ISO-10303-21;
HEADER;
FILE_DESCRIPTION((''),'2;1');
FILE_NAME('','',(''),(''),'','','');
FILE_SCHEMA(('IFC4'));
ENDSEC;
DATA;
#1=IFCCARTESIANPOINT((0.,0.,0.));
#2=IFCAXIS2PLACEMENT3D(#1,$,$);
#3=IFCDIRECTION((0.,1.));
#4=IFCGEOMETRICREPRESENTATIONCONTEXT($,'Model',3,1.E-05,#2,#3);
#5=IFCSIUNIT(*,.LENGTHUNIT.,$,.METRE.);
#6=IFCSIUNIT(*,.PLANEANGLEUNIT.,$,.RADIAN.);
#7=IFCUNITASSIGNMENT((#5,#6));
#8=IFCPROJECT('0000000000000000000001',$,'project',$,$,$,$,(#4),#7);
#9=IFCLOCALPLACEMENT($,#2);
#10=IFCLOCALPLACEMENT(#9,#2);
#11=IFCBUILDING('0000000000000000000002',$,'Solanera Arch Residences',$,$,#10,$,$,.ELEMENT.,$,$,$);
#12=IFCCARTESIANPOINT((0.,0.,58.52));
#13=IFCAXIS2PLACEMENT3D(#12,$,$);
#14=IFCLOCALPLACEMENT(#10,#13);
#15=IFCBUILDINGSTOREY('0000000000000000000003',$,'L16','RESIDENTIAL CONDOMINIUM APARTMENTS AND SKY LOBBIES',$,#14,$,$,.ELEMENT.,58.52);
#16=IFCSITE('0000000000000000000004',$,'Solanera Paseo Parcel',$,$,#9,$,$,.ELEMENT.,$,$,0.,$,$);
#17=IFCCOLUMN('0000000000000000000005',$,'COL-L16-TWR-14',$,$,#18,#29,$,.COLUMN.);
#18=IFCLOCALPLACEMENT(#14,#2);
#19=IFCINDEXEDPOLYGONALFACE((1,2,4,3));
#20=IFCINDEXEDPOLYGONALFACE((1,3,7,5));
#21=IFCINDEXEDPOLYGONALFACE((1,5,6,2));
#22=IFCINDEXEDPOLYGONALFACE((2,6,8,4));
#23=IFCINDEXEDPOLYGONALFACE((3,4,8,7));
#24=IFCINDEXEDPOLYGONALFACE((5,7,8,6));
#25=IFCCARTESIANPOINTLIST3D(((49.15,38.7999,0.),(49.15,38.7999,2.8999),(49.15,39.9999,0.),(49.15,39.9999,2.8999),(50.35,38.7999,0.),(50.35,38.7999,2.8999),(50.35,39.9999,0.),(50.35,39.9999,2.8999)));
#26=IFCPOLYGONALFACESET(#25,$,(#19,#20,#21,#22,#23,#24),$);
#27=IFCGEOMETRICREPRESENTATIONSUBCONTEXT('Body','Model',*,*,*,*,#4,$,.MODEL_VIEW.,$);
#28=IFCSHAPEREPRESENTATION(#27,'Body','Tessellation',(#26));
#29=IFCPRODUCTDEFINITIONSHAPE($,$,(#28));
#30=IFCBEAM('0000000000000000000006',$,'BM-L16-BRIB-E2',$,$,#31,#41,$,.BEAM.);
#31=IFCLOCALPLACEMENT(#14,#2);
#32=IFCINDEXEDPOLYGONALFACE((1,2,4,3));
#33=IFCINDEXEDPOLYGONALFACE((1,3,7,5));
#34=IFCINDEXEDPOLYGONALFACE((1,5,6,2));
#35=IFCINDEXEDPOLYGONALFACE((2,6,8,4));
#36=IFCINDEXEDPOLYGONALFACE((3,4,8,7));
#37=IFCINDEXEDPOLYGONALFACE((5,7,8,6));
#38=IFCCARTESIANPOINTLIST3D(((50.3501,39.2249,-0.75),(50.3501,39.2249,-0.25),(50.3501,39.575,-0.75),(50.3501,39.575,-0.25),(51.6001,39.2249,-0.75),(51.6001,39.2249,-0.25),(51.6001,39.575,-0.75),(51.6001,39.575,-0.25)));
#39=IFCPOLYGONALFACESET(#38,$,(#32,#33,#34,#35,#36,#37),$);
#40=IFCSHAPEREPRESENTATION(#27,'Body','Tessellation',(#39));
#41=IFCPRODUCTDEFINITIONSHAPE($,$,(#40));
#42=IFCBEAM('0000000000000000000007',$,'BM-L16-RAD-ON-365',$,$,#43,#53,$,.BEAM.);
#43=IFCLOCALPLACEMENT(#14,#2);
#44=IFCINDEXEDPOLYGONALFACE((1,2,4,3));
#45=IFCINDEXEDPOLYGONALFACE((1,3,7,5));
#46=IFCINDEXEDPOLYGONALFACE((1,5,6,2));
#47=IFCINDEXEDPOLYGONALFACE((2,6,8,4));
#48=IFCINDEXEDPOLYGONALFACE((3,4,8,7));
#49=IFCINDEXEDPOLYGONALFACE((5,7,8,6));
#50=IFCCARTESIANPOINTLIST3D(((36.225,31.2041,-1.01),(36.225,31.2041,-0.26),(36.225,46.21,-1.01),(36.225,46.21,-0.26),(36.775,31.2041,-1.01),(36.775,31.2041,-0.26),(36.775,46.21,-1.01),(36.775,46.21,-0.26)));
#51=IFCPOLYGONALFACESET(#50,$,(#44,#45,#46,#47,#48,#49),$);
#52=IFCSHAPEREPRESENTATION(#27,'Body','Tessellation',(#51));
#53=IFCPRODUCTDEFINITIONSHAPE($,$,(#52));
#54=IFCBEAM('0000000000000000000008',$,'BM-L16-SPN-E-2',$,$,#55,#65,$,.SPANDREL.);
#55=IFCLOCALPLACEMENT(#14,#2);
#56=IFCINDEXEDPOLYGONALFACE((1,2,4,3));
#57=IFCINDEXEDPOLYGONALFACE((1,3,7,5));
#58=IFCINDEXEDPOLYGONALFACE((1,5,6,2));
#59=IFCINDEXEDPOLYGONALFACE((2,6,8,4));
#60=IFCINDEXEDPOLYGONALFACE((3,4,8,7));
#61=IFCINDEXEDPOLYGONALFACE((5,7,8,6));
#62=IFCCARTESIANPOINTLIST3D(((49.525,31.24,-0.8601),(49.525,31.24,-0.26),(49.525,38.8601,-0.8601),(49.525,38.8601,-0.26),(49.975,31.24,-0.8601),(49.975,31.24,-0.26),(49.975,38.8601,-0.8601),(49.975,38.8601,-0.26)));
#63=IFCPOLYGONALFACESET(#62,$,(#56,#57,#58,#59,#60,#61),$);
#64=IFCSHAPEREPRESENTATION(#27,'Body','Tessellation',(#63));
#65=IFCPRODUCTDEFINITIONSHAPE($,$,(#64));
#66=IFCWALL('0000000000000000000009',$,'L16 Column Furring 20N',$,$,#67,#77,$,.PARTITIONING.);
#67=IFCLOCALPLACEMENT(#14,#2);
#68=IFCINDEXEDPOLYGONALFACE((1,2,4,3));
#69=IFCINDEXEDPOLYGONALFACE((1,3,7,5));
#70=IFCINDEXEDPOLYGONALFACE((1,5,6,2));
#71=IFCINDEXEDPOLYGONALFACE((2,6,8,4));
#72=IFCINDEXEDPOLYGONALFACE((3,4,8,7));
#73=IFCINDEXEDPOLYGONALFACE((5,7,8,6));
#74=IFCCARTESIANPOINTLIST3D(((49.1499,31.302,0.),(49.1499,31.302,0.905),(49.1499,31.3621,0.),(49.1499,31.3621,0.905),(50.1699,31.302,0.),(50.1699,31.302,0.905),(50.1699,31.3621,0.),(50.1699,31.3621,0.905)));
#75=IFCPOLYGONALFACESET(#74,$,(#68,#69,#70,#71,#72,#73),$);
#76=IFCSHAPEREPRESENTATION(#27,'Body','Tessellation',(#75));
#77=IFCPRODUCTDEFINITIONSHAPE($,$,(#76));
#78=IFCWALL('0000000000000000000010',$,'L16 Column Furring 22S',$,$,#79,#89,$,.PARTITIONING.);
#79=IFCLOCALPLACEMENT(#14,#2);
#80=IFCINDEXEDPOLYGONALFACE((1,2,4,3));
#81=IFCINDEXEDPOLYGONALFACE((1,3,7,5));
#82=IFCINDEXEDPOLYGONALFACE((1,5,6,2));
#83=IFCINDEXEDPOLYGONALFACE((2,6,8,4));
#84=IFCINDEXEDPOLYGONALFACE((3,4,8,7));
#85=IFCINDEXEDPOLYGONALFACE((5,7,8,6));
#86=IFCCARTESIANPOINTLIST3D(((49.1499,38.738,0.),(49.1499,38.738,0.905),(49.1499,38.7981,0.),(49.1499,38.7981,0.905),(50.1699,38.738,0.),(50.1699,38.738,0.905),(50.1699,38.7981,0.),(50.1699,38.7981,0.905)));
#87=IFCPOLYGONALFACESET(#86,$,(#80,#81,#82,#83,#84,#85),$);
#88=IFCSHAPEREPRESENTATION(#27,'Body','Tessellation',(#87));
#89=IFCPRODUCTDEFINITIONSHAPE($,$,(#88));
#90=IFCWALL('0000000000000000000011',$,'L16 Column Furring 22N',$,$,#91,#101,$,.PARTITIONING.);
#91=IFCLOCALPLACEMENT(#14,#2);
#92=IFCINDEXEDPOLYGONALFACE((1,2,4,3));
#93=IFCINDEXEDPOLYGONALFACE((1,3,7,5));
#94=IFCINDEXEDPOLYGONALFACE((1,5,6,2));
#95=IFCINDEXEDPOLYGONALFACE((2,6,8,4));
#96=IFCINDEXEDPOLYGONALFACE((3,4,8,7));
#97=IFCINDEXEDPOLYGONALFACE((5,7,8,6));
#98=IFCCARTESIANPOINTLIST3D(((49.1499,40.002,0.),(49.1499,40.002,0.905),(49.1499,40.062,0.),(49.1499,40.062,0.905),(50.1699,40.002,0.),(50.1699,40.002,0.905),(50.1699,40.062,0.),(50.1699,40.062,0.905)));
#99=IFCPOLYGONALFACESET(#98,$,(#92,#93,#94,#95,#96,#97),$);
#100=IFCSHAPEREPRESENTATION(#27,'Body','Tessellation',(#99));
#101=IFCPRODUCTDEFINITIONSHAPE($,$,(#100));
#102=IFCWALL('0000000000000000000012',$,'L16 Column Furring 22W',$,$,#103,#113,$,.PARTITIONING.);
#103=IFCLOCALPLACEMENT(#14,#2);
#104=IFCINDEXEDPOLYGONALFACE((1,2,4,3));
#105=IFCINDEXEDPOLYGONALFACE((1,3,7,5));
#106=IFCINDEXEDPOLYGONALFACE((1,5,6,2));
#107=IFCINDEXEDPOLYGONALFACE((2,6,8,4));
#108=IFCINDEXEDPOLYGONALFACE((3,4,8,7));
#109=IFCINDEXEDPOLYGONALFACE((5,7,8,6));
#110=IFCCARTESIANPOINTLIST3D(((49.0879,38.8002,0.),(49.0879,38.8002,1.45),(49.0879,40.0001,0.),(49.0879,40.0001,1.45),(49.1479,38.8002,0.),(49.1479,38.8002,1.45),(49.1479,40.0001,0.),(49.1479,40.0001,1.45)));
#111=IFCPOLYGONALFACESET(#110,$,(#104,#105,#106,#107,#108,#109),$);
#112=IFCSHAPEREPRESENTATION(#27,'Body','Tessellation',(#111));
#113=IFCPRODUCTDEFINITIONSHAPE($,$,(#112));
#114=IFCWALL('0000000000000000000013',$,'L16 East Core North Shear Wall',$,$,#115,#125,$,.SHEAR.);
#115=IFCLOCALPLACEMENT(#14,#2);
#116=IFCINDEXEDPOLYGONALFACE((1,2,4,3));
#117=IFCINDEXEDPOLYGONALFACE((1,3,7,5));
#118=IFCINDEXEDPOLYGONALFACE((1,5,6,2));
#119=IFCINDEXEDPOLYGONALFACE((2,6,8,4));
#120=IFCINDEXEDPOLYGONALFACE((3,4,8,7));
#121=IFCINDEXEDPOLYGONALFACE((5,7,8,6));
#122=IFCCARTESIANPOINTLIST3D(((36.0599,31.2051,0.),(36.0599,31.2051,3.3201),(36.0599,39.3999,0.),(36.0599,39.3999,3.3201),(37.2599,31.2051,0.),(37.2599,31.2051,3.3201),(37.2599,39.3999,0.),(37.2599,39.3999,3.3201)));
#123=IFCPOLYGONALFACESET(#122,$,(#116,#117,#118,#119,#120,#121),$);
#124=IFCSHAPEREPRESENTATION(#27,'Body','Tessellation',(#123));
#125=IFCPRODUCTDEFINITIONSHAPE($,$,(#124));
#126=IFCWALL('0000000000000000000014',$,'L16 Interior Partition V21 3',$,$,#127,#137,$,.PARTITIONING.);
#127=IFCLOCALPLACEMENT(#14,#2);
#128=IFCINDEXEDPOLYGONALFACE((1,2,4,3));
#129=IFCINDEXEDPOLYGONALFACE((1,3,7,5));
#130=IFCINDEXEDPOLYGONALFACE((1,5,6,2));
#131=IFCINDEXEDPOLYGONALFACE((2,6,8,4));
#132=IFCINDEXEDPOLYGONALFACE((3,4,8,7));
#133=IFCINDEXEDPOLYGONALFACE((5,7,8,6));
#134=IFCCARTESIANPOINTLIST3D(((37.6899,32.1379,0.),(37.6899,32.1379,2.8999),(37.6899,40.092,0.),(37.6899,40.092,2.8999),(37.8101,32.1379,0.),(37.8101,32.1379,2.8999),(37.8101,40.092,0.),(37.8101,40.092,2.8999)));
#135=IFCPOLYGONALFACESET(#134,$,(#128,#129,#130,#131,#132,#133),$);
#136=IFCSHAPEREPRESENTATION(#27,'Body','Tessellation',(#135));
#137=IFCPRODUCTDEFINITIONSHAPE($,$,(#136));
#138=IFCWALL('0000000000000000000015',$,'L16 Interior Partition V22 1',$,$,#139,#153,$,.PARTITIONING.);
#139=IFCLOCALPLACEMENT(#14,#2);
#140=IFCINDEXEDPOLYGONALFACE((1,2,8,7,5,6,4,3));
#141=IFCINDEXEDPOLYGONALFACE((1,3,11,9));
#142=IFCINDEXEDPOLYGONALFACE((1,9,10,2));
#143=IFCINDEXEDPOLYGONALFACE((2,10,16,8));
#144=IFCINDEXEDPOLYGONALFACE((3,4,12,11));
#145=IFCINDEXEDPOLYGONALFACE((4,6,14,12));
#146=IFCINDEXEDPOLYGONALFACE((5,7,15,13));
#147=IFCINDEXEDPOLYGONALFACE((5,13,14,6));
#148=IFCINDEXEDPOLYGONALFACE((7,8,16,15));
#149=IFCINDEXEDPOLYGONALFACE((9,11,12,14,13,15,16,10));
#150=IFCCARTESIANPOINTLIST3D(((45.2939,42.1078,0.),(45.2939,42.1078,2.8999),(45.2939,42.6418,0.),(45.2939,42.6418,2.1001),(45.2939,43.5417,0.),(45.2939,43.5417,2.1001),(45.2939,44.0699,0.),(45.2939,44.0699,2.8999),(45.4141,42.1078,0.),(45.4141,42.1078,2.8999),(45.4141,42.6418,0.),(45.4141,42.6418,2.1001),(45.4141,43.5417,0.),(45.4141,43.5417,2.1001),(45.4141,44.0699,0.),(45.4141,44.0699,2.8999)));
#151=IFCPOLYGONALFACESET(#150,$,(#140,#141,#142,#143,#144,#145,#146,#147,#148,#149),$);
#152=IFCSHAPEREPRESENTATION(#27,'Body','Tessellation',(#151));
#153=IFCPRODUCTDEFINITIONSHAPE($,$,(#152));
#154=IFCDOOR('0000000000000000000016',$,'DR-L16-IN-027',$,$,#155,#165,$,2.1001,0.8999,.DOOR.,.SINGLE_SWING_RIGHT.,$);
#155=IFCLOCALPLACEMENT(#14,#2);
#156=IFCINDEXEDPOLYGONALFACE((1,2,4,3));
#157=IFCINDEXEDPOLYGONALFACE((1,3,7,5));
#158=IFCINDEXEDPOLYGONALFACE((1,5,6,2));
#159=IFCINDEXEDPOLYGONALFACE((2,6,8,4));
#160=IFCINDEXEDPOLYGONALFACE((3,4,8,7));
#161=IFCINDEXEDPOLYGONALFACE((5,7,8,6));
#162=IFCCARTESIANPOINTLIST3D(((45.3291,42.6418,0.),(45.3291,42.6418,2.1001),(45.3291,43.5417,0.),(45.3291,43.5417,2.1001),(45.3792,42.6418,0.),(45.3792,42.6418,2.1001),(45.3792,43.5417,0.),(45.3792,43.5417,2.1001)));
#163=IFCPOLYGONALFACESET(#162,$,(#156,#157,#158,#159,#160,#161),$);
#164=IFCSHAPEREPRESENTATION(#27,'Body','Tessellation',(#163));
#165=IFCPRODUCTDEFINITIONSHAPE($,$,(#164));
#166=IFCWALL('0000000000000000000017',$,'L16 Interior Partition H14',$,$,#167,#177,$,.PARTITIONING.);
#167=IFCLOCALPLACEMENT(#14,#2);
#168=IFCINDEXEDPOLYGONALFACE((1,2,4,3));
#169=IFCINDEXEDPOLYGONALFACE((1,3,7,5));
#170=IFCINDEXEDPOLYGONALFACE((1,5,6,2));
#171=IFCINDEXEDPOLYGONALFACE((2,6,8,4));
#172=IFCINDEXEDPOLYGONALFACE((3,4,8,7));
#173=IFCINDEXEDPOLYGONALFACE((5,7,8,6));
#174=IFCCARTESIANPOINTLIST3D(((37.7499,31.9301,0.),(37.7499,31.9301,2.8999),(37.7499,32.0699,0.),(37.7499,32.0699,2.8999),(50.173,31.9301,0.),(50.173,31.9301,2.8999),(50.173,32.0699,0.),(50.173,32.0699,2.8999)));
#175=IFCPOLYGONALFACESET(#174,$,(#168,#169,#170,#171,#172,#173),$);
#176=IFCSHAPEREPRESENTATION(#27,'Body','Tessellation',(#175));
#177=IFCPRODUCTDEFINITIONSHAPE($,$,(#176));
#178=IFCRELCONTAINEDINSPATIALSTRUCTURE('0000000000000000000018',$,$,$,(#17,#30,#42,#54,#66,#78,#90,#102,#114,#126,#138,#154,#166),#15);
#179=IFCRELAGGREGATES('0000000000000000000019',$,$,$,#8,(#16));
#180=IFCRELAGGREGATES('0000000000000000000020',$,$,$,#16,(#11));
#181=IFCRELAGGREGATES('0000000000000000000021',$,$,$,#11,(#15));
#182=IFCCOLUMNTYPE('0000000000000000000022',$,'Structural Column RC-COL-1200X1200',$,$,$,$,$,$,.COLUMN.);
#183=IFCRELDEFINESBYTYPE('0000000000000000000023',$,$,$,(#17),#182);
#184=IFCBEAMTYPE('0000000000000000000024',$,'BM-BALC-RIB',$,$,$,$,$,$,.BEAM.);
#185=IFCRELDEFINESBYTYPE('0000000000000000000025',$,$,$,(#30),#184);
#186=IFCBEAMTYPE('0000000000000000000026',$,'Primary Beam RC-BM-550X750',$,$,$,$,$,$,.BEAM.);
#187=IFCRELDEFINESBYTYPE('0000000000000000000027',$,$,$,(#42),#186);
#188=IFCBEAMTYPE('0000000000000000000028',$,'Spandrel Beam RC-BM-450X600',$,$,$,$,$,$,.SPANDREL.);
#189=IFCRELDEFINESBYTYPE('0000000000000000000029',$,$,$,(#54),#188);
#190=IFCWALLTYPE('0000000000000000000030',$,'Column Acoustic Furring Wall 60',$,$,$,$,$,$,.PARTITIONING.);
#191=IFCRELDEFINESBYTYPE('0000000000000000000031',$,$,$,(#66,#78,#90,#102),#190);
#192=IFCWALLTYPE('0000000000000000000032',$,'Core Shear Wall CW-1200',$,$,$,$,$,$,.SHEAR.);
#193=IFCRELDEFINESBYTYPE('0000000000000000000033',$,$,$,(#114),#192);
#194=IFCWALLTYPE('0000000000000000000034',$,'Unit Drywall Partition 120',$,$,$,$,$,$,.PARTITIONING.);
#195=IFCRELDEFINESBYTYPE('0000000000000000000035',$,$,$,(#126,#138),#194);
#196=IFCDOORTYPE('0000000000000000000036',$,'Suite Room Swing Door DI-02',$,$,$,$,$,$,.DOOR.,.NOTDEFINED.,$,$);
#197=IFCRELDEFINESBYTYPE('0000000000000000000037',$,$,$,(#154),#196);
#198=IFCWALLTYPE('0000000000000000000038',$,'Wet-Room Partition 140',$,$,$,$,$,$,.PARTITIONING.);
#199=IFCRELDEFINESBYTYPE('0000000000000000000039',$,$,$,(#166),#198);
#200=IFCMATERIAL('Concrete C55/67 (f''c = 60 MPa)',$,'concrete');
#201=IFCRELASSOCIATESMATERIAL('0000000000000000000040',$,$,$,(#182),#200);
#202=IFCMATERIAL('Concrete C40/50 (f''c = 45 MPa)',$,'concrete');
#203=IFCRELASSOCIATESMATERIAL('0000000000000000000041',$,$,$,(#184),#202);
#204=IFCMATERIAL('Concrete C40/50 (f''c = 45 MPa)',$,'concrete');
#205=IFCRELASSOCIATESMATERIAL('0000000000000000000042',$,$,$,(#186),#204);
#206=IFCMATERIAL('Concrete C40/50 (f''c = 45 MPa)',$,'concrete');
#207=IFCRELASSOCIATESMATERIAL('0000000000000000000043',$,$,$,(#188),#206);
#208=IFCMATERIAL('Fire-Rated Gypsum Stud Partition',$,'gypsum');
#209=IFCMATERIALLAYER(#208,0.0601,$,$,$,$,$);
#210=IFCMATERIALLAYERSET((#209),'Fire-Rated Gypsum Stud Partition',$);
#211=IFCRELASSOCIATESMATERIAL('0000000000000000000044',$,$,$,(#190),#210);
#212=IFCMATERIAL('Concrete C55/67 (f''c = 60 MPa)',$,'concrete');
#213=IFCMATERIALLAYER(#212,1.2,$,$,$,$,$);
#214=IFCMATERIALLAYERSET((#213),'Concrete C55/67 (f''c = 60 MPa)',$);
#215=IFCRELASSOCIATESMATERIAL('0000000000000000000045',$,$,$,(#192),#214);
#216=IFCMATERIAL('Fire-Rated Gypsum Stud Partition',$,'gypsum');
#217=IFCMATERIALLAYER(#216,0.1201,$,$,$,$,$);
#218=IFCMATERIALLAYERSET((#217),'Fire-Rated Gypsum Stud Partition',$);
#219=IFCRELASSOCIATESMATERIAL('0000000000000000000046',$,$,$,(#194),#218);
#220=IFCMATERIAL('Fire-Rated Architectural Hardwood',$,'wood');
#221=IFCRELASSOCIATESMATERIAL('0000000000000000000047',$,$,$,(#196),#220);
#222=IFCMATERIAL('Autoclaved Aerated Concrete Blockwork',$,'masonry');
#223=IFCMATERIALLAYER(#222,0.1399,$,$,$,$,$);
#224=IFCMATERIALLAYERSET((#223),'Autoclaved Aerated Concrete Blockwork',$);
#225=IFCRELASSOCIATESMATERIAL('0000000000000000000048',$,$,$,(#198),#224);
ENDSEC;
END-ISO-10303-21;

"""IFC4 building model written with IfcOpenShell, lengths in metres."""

from ifc_helpers import new_model, si_unit, direction, frame, frame_2d, origin, origin_2d, place, context, subcontext, project, spatial, rectangle, extrude, material, layer, layer_set, material_profile, profile_set, type_object, element, fill, save


model = new_model("IFC4")

# Units and contexts
model_context = context("Model", 3, precision=1e-05, world=origin(), true_north=direction((0.0, 1.0)))
body_context = subcontext(model_context, "Body", "Model", "MODEL_VIEW")
ifc_project = project(units=[si_unit("LENGTHUNIT", "METRE"), si_unit("PLANEANGLEUNIT", "RADIAN")], contexts=[model_context])

# Site, building, storey
site_placement = place(None, origin())
site = spatial("IfcSite", under=ifc_project, at=site_placement, Name="Solanera Paseo Parcel", CompositionType="ELEMENT", RefElevation=0.0)
building_placement = place(site_placement, origin())
building = spatial("IfcBuilding", under=site, at=building_placement, Name="Solanera Arch Residences", CompositionType="ELEMENT")
storey_placement = place(building_placement, frame((0.0, 0.0, 58.52)))
storey = spatial("IfcBuildingStorey", under=building, at=storey_placement, Name="L16", Description="RESIDENTIAL CONDOMINIUM APARTMENTS AND SKY LOBBIES", CompositionType="ELEMENT", Elevation=58.52)

# Column
ifc_material_1 = material(Name="Concrete C55/67 (f'c = 60 MPa)", Category="concrete")
ifc_material_profile_1 = material_profile(ifc_material_1, rectangle(XDim=1.2, YDim=1.2, at=origin_2d()))
ifc_profile_set_1 = profile_set([ifc_material_profile_1], Name="Concrete C55/67 (f'c = 60 MPa)")
column_type = type_object("IfcColumnType", Name="Structural Column RC-COL-1200X1200", PredefinedType="COLUMN", material=ifc_profile_set_1)
column_placement = place(storey_placement, frame((49.75, 39.3999, 0.0), z_axis=(0.0, 0.0, 1.0), x_axis=(1.0, 0.0, 0.0)))
element("IfcColumn", 1, at=column_placement, inside=storey, type_object=column_type, Name="COL-L16-TWR-14", PredefinedType="COLUMN", context=body_context, shape_type="SweptSolid", body=[
    extrude(rectangle(XDim=1.2, YDim=1.2, at=origin_2d()), origin(), (0.0, 0.0, 1.0), 2.8999),
])

# Beams
ifc_material_2 = material(Name="Concrete C40/50 (f'c = 45 MPa)", Category="concrete")
ifc_material_profile_2 = material_profile(ifc_material_2, rectangle(XDim=0.3501, YDim=0.5, at=origin_2d()))
ifc_profile_set_2 = profile_set([ifc_material_profile_2], Name="Concrete C40/50 (f'c = 45 MPa)")
beam_type_1 = type_object("IfcBeamType", Name="BM-BALC-RIB", PredefinedType="BEAM", material=ifc_profile_set_2)
beam_1_placement = place(storey_placement, frame((50.3501, 39.3999, -0.5), z_axis=(1.0, 0.0, 0.0), x_axis=(0.0, 1.0, 0.0)))
element("IfcBeam", 2, at=beam_1_placement, inside=storey, type_object=beam_type_1, Name="BM-L16-BRIB-E2", PredefinedType="BEAM", context=body_context, shape_type="SweptSolid", body=[
    extrude(rectangle(XDim=0.3501, YDim=0.5, at=origin_2d()), origin(), (0.0, 0.0, 1.0), 1.25),
])
ifc_material_3 = material(Name="Concrete C40/50 (f'c = 45 MPa)", Category="concrete")
ifc_material_profile_3 = material_profile(ifc_material_3, rectangle(XDim=0.55, YDim=0.75, at=origin_2d()))
ifc_profile_set_3 = profile_set([ifc_material_profile_3], Name="Concrete C40/50 (f'c = 45 MPa)")
beam_type_2 = type_object("IfcBeamType", Name="Primary Beam RC-BM-550X750", PredefinedType="BEAM", material=ifc_profile_set_3)
beam_2_placement = place(storey_placement, frame((36.5, 31.2041, -0.635), z_axis=(0.0, 1.0, 0.0), x_axis=(-1.0, 0.0, 0.0)))
element("IfcBeam", 3, at=beam_2_placement, inside=storey, type_object=beam_type_2, Name="BM-L16-RAD-ON-365", PredefinedType="BEAM", context=body_context, shape_type="SweptSolid", body=[
    extrude(rectangle(XDim=0.55, YDim=0.75, at=origin_2d()), origin(), (0.0, 0.0, 1.0), 15.0059),
])
ifc_material_4 = material(Name="Concrete C40/50 (f'c = 45 MPa)", Category="concrete")
ifc_material_profile_4 = material_profile(ifc_material_4, rectangle(XDim=0.45, YDim=0.6001, at=origin_2d()))
ifc_profile_set_4 = profile_set([ifc_material_profile_4], Name="Concrete C40/50 (f'c = 45 MPa)")
beam_type_3 = type_object("IfcBeamType", Name="Spandrel Beam RC-BM-450X600", PredefinedType="SPANDREL", material=ifc_profile_set_4)
beam_3_placement = place(storey_placement, frame((49.75, 31.24, -0.5601), z_axis=(0.0, 1.0, 0.0), x_axis=(-1.0, 0.0, 0.0)))
element("IfcBeam", 4, at=beam_3_placement, inside=storey, type_object=beam_type_3, Name="BM-L16-SPN-E-2", PredefinedType="SPANDREL", context=body_context, shape_type="SweptSolid", body=[
    extrude(rectangle(XDim=0.45, YDim=0.6001, at=origin_2d()), origin(), (0.0, 0.0, 1.0), 7.6201),
])

# Walls
ifc_material_5 = material(Name="Fire-Rated Gypsum Stud Partition", Category="gypsum")
ifc_layer_1 = layer(ifc_material_5, 0.0601)
ifc_layer_set_1 = layer_set([ifc_layer_1], Name="Fire-Rated Gypsum Stud Partition")
wall_type_1 = type_object("IfcWallType", Name="Column Acoustic Furring Wall 60", PredefinedType="PARTITIONING", material=ifc_layer_set_1)
for number, where, z_axis, x_axis, name in (
    (5, (49.1499, 31.332, 0.0), (0.0, 0.0, 1.0), (1.0, 0.0, 0.0), "L16 Column Furring 20N"),
    (6, (49.1499, 38.7681, 0.0), (0.0, 0.0, 1.0), (1.0, 0.0, 0.0), "L16 Column Furring 22S"),
    (7, (49.1499, 40.032, 0.0), (0.0, 0.0, 1.0), (1.0, 0.0, 0.0), "L16 Column Furring 22N"),
):
    element("IfcWall", number, at=place(storey_placement, frame(where, z_axis=z_axis, x_axis=x_axis)), inside=storey, type_object=wall_type_1, Name=name, PredefinedType="PARTITIONING", context=body_context, shape_type="SweptSolid", body=[
        extrude(rectangle(XDim=1.02, YDim=0.0601, at=frame_2d((0.51, 0.0))), origin(), (0.0, 0.0, 1.0), 0.905),
    ])
wall_1_placement = place(storey_placement, frame((49.1179, 38.8, 0.0), z_axis=(0.0, 0.0, 1.0), x_axis=(0.0, 1.0, 0.0)))
element("IfcWall", 8, at=wall_1_placement, inside=storey, type_object=wall_type_1, Name="L16 Column Furring 22W", PredefinedType="PARTITIONING", context=body_context, shape_type="SweptSolid", body=[
    extrude(rectangle(XDim=1.2, YDim=0.0601, at=frame_2d((0.6001, 0.0))), origin(), (0.0, 0.0, 1.0), 1.45),
])
ifc_material_6 = material(Name="Concrete C55/67 (f'c = 60 MPa)", Category="concrete")
ifc_layer_2 = layer(ifc_material_6, 1.2)
ifc_layer_set_2 = layer_set([ifc_layer_2], Name="Concrete C55/67 (f'c = 60 MPa)")
wall_type_2 = type_object("IfcWallType", Name="Core Shear Wall CW-1200", PredefinedType="SHEAR", material=ifc_layer_set_2)
wall_2_placement = place(storey_placement, frame((36.6599, 31.2051, 0.0), z_axis=(0.0, 0.0, 1.0), x_axis=(0.0, 1.0, 0.0)))
element("IfcWall", 9, at=wall_2_placement, inside=storey, type_object=wall_type_2, Name="L16 East Core North Shear Wall", PredefinedType="SHEAR", context=body_context, shape_type="SweptSolid", body=[
    extrude(rectangle(XDim=8.1948, YDim=1.2, at=frame_2d((4.0974, 0.0))), origin(), (0.0, 0.0, 1.0), 3.3201),
])
ifc_material_7 = material(Name="Fire-Rated Gypsum Stud Partition", Category="gypsum")
ifc_layer_3 = layer(ifc_material_7, 0.1201)
ifc_layer_set_3 = layer_set([ifc_layer_3], Name="Fire-Rated Gypsum Stud Partition")
wall_type_3 = type_object("IfcWallType", Name="Unit Drywall Partition 120", PredefinedType="PARTITIONING", material=ifc_layer_set_3)
wall_3_placement = place(storey_placement, frame((37.75, 32.1379, 0.0), z_axis=(0.0, 0.0, 1.0), x_axis=(0.0, 1.0, 0.0)))
element("IfcWall", 10, at=wall_3_placement, inside=storey, type_object=wall_type_3, Name="L16 Interior Partition V21 3", PredefinedType="PARTITIONING", context=body_context, shape_type="SweptSolid", body=[
    extrude(rectangle(XDim=7.9541, YDim=0.1201, at=frame_2d((3.9771, 0.0))), origin(), (0.0, 0.0, 1.0), 2.8999),
])

# Wall, opening, door
wall_4_placement = place(storey_placement, frame((45.354, 42.1079, 0.0), z_axis=(0.0, 0.0, 1.0), x_axis=(0.0, 1.0, 0.0)))
wall_4 = element("IfcWall", 11, at=wall_4_placement, inside=storey, type_object=wall_type_3, Name="L16 Interior Partition V22 1", PredefinedType="PARTITIONING", context=body_context, shape_type="SweptSolid", body=[
    extrude(rectangle(XDim=1.9622, YDim=0.1201, at=frame_2d((0.981, 0.0))), origin(), (0.0, 0.0, 1.0), 2.8999),
])
opening_placement = place(wall_4_placement, frame((0.5339, 0.0, 0.0)))
opening = element("IfcOpeningElement", 12, at=opening_placement, cuts=wall_4, PredefinedType="OPENING", context=body_context, shape_type="SweptSolid", body=[
    extrude(rectangle(XDim=0.8999, YDim=2.1001, at=frame_2d((0.45, 1.05))), frame((0.0, 0.0701, 0.0), z_axis=(0.0, -1.0, 0.0), x_axis=(1.0, 0.0, 0.0)), (0.0, 0.0, 1.0), 0.1401),
])
ifc_material_8 = material(Name="Fire-Rated Architectural Hardwood", Category="wood")
door_type = type_object("IfcDoorType", Name="Suite Room Swing Door DI-02", OperationType="NOTDEFINED", PredefinedType="DOOR", material=ifc_material_8)
door_placement = place(opening_placement, origin())
door = element("IfcDoor", 13, at=door_placement, inside=storey, type_object=door_type, Name="DR-L16-IN-027", OperationType="SINGLE_SWING_RIGHT", OverallHeight=2.1001, OverallWidth=0.8999, PredefinedType="DOOR", context=body_context, shape_type="SweptSolid", body=[
    extrude(rectangle(XDim=0.8999, YDim=2.1001, at=frame_2d((0.45, 1.05))), frame((0.0, 0.0249, 0.0), z_axis=(0.0, -1.0, 0.0), x_axis=(1.0, 0.0, 0.0)), (0.0, 0.0, 1.0), 0.05),
])
fill(opening, door)

# Wall
ifc_material_9 = material(Name="Autoclaved Aerated Concrete Blockwork", Category="masonry")
ifc_layer_4 = layer(ifc_material_9, 0.1399)
ifc_layer_set_4 = layer_set([ifc_layer_4], Name="Autoclaved Aerated Concrete Blockwork")
wall_type_4 = type_object("IfcWallType", Name="Wet-Room Partition 140", PredefinedType="PARTITIONING", material=ifc_layer_set_4)
wall_5_placement = place(storey_placement, frame((37.75, 32.0, 0.0), z_axis=(0.0, 0.0, 1.0), x_axis=(1.0, 0.0, 0.0)))
element("IfcWall", 14, at=wall_5_placement, inside=storey, type_object=wall_type_4, Name="L16 Interior Partition H14", PredefinedType="PARTITIONING", context=body_context, shape_type="SweptSolid", body=[
    extrude(rectangle(XDim=12.4231, YDim=0.1399, at=frame_2d((6.2114, 0.0))), origin(), (0.0, 0.0, 1.0), 2.8999),
])

save(model, "model.ifc")
